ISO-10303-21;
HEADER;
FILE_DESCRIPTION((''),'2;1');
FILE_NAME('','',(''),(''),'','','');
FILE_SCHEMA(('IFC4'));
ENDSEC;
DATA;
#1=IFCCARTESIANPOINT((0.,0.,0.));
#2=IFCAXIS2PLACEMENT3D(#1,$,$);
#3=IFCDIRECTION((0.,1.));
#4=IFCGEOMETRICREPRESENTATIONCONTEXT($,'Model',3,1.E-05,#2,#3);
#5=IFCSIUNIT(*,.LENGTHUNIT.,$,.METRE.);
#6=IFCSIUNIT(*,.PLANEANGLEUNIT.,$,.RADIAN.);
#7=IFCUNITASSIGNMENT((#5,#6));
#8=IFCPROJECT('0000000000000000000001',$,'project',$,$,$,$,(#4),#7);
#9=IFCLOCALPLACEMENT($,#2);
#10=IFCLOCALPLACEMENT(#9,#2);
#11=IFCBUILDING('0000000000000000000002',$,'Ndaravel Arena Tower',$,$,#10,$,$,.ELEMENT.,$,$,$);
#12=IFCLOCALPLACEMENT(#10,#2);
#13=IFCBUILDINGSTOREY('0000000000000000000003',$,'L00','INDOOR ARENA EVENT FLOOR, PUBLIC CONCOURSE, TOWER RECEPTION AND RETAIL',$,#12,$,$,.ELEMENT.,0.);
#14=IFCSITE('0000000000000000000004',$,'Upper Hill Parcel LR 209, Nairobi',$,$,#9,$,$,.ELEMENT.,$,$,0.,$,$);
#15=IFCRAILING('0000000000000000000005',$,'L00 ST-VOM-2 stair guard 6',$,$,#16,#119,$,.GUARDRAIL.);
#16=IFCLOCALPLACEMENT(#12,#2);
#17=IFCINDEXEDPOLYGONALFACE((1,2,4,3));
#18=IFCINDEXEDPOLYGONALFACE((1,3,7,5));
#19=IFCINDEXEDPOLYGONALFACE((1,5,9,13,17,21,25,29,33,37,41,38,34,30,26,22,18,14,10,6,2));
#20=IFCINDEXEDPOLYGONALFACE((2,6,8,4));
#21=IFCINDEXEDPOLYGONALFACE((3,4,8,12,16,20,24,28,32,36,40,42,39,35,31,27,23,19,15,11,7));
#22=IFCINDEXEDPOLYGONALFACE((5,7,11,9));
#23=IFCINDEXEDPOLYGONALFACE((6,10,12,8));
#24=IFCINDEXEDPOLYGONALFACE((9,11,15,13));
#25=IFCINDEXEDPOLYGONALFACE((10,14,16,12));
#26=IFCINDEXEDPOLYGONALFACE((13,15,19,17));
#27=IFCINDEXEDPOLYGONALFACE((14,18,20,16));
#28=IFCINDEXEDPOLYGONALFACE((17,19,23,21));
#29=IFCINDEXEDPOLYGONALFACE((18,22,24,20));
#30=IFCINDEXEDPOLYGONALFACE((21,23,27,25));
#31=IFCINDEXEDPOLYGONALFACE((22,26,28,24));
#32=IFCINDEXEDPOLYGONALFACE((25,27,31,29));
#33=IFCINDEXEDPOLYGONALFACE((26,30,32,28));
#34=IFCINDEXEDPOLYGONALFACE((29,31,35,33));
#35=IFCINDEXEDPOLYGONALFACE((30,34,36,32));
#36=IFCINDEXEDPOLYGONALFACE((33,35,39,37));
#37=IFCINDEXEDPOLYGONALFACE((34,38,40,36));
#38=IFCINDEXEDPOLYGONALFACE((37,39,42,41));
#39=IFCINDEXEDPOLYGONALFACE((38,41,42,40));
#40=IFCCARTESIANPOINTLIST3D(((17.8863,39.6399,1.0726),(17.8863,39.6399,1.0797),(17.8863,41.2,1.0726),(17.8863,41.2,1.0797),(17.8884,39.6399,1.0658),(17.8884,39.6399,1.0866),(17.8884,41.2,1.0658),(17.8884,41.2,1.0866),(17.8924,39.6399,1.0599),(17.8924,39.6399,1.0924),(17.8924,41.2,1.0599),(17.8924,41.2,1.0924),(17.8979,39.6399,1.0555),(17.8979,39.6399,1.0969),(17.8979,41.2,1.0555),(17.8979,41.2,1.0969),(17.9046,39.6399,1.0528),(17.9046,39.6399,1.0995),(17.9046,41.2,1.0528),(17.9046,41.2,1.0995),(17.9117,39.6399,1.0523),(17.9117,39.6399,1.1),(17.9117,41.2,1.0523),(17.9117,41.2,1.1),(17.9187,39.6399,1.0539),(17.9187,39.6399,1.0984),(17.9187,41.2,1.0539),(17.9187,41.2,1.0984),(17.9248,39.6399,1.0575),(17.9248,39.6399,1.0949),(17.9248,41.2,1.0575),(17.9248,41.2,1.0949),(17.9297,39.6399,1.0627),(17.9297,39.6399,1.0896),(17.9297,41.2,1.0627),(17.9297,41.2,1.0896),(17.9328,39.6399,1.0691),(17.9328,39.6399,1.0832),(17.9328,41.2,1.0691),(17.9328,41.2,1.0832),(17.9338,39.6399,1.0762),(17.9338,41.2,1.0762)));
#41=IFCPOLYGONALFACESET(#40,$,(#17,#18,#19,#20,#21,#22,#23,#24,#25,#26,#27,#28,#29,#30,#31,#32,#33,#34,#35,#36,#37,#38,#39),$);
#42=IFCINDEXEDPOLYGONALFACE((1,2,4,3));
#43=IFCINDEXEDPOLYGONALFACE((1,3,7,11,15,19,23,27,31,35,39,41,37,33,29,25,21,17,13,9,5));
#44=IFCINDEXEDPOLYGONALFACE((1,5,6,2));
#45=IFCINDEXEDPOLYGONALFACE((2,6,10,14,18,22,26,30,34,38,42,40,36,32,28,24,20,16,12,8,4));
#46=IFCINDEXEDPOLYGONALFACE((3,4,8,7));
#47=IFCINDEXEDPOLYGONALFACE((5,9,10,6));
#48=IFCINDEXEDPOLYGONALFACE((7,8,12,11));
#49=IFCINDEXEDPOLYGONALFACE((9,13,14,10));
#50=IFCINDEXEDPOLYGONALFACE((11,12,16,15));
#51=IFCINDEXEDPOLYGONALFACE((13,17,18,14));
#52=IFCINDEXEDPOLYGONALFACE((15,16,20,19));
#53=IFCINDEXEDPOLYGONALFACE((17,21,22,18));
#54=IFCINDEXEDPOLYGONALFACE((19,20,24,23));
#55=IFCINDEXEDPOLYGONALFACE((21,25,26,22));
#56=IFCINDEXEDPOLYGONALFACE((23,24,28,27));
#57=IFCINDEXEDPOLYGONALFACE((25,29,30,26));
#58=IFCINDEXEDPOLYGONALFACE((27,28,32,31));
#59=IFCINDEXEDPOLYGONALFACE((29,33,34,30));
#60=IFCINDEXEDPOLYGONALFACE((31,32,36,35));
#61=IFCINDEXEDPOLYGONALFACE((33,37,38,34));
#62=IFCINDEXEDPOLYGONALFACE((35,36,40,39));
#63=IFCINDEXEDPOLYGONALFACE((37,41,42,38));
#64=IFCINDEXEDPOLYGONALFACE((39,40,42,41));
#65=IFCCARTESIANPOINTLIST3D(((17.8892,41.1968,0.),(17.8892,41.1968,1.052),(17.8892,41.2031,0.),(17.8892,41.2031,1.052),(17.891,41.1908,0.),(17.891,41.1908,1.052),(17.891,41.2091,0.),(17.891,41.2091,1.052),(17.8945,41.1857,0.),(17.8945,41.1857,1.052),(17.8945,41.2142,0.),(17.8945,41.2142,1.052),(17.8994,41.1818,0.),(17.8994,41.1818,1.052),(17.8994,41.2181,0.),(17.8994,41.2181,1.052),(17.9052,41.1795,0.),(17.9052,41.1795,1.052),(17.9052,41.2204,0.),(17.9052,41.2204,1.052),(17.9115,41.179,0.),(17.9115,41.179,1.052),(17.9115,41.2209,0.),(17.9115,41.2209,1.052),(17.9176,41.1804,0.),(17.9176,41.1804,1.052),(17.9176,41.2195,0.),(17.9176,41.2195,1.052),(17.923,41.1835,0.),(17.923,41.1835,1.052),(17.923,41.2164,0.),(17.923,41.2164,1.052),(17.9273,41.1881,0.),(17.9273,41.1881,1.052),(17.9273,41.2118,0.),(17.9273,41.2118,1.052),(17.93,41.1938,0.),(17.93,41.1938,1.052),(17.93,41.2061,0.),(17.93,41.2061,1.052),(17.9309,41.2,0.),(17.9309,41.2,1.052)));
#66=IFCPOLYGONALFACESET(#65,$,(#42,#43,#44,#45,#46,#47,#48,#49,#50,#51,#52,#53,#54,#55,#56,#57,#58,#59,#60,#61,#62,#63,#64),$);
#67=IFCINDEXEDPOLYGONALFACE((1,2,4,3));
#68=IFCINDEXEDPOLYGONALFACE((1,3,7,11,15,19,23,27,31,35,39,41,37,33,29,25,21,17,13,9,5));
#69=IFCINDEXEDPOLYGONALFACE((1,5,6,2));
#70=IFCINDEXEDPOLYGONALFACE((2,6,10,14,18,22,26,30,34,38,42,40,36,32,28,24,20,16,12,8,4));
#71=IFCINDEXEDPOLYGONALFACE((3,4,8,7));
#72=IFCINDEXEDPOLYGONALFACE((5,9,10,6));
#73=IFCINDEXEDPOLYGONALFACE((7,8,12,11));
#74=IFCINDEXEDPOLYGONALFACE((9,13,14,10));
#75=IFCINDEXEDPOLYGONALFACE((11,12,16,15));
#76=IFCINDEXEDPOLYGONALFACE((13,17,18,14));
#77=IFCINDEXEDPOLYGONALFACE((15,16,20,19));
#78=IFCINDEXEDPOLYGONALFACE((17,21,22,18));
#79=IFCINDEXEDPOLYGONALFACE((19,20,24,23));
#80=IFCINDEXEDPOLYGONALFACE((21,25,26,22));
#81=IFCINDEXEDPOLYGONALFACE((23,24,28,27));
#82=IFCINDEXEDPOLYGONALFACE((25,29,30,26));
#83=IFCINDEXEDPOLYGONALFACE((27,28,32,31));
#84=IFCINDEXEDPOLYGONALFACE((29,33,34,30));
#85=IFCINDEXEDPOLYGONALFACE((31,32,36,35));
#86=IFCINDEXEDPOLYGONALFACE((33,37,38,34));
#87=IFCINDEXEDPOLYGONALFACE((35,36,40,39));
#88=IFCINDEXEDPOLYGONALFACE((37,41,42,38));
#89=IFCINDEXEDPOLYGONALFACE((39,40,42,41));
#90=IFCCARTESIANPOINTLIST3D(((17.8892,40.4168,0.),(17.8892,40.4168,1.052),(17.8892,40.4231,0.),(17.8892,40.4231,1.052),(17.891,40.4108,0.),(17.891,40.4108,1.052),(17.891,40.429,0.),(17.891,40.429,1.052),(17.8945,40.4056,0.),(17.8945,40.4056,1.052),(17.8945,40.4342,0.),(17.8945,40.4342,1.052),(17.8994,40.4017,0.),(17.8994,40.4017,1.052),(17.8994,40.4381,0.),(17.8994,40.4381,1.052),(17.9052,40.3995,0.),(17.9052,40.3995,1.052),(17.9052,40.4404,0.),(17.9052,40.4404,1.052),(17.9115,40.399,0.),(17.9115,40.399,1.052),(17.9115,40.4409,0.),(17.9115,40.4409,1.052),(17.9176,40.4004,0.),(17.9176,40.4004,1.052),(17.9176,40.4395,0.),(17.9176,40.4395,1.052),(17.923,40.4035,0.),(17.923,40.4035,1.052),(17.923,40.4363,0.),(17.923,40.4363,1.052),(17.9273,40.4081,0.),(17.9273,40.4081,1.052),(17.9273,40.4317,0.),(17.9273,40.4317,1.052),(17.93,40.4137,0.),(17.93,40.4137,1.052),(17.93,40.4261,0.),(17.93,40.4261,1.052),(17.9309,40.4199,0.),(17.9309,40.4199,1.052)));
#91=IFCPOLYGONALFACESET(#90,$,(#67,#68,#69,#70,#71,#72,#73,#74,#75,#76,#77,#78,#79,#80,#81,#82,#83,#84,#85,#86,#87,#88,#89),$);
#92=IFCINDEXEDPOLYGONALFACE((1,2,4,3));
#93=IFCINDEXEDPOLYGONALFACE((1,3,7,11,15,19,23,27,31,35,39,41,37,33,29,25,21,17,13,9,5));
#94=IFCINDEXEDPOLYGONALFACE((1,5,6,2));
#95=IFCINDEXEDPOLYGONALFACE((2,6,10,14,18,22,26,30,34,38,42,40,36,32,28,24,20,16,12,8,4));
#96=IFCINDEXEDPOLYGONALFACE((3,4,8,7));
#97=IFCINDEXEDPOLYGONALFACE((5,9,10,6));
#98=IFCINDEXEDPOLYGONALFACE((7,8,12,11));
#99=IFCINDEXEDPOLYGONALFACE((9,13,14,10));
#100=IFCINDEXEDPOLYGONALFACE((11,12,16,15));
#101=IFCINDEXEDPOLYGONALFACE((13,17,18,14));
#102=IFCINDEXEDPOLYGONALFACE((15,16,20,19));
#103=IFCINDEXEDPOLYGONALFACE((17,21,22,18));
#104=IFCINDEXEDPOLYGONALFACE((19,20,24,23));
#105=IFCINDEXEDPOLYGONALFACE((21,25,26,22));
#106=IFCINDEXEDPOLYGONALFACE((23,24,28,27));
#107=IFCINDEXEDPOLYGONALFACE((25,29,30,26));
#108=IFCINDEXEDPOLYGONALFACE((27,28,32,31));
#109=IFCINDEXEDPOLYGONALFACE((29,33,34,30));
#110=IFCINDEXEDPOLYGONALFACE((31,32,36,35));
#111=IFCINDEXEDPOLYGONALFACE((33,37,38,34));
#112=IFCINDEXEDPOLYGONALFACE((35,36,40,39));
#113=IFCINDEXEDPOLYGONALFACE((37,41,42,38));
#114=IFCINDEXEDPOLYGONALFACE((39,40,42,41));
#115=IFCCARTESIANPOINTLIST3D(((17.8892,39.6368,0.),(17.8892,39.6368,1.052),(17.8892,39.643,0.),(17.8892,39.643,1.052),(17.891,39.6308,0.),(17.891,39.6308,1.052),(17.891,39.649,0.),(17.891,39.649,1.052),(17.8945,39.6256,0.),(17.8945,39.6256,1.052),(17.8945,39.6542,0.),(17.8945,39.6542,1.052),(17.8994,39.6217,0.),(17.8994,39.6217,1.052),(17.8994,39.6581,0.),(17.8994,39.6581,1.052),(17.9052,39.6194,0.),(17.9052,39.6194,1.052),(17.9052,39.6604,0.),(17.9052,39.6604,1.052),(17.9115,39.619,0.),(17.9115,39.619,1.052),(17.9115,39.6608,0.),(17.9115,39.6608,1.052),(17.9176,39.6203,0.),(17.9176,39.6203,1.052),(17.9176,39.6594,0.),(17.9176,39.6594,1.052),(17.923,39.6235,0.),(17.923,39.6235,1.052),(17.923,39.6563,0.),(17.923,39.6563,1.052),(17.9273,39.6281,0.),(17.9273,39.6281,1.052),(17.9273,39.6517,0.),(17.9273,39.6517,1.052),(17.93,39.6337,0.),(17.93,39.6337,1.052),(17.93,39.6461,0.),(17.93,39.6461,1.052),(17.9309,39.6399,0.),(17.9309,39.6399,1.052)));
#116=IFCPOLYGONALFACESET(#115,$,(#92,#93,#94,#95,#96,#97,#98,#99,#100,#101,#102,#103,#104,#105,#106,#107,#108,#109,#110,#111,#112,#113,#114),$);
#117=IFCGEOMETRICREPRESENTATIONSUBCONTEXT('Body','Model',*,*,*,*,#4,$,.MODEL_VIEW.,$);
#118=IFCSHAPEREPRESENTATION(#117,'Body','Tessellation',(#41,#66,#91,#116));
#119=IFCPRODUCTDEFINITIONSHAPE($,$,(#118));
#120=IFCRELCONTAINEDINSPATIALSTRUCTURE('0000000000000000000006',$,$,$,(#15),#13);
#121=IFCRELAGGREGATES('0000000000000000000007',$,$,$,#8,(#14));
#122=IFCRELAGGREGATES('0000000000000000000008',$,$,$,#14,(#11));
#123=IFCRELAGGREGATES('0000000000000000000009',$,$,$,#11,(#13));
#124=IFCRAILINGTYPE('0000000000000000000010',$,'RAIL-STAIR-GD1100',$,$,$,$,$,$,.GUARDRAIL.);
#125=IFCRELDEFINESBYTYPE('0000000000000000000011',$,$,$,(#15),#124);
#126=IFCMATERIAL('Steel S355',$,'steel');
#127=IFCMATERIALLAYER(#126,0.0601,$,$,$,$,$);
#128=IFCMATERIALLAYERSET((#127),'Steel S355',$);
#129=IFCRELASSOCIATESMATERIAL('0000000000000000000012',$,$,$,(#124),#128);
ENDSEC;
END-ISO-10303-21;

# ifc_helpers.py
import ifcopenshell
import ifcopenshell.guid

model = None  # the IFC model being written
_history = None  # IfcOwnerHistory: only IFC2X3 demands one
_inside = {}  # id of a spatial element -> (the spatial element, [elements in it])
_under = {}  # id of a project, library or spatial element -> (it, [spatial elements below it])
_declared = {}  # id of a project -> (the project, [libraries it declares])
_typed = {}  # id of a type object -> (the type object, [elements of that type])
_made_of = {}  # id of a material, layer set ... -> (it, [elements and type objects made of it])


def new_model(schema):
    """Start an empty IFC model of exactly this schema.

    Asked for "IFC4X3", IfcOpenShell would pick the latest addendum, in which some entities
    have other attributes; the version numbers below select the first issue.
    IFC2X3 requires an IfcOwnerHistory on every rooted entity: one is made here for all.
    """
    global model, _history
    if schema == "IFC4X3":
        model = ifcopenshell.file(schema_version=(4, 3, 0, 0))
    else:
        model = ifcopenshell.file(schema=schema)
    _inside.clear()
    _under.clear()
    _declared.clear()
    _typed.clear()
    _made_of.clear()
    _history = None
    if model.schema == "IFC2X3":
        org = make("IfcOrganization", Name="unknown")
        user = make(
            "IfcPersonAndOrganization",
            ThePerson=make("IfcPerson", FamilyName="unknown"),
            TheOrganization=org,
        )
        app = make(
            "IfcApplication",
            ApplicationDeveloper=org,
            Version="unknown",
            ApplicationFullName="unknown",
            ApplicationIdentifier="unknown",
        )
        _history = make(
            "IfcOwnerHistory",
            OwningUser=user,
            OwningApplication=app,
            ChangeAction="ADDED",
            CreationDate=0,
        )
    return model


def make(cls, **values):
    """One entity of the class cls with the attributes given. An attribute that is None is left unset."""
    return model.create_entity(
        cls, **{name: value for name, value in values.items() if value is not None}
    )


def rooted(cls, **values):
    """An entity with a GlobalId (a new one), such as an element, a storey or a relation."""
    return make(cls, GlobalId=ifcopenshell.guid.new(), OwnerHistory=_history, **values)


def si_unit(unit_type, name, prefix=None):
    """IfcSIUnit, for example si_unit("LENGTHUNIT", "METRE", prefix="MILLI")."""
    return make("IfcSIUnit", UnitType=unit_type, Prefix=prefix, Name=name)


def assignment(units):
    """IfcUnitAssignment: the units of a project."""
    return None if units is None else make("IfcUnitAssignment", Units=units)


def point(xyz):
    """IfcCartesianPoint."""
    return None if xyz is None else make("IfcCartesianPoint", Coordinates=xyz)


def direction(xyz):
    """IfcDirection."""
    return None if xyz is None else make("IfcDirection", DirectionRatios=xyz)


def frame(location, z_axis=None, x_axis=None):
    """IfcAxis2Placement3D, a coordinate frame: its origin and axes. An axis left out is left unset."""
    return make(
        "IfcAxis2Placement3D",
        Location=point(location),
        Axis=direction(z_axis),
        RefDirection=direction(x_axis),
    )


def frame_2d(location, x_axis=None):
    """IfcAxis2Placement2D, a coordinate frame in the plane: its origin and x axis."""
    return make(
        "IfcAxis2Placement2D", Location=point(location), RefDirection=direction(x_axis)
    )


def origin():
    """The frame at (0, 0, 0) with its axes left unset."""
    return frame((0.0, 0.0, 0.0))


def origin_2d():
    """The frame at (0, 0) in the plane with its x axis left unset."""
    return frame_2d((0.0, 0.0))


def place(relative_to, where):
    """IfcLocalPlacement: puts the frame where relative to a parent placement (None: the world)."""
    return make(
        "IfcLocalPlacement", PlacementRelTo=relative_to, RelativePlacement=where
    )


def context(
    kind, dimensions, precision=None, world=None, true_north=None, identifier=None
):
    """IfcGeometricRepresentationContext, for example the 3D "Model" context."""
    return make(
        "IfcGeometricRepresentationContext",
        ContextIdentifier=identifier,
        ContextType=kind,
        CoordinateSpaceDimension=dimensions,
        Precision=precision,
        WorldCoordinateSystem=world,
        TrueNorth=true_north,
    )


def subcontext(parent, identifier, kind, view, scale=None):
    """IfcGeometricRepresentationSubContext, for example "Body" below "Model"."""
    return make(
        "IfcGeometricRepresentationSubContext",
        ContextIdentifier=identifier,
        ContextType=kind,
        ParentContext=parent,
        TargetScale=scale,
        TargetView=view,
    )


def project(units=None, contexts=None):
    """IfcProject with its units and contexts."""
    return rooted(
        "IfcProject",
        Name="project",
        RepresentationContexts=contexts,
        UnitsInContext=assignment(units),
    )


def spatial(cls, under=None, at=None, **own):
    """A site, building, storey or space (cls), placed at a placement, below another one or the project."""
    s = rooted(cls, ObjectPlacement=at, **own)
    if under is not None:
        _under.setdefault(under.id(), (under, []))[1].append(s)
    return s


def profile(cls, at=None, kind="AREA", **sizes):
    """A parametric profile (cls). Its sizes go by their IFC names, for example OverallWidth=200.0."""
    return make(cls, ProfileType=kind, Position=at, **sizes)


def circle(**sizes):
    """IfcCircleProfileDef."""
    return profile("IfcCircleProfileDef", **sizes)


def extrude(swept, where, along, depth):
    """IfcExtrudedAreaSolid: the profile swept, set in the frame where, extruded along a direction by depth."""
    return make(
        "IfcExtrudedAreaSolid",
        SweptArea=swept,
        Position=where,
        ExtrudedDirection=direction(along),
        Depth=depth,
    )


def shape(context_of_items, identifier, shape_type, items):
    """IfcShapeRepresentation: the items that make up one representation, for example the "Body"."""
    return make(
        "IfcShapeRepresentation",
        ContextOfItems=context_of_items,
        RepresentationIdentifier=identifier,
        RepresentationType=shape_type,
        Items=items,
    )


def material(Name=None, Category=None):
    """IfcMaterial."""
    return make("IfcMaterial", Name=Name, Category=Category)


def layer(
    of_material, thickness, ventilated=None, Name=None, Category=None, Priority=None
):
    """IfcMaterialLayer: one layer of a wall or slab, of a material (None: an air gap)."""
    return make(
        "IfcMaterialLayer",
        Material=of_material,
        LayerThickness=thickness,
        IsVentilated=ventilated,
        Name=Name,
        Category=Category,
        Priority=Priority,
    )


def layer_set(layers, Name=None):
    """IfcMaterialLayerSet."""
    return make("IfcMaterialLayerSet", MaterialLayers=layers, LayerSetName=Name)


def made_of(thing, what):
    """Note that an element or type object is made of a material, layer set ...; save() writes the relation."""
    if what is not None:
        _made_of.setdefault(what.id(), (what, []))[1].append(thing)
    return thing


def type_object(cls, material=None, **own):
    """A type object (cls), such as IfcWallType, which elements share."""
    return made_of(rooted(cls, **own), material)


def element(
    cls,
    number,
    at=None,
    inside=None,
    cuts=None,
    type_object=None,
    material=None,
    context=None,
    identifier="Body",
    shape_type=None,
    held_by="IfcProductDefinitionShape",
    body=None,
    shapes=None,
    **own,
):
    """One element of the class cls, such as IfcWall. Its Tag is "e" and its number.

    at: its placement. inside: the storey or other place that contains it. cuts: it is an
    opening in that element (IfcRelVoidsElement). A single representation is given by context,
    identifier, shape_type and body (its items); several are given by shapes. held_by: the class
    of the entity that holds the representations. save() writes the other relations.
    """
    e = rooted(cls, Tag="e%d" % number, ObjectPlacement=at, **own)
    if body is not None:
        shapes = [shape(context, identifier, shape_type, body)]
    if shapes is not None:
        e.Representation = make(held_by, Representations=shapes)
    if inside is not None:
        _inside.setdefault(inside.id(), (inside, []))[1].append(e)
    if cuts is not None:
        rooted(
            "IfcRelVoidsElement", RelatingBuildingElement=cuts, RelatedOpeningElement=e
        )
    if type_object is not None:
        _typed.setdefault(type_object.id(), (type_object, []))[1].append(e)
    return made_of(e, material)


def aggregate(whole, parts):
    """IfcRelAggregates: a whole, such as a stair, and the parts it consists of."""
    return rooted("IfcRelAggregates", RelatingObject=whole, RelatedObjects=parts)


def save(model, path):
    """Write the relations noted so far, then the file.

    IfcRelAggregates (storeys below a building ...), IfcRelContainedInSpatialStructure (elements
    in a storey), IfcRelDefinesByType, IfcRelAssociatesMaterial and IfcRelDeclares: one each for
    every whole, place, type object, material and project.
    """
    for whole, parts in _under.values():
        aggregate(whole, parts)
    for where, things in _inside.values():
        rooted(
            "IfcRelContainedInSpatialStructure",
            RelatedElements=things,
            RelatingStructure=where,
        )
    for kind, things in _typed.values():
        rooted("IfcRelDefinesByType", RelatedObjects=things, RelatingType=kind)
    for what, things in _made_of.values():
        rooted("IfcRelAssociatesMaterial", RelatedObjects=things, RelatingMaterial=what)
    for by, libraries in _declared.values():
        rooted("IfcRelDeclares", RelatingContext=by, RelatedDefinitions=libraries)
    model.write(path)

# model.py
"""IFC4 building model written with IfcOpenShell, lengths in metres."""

from ifc_helpers import new_model, si_unit, direction, frame, origin, origin_2d, place, context, subcontext, project, spatial, circle, extrude, material, layer, layer_set, type_object, element, save


model = new_model("IFC4")

# Units and contexts
model_context = context("Model", 3, precision=1e-05, world=origin(), true_north=direction((0.0, 1.0)))
body_context = subcontext(model_context, "Body", "Model", "MODEL_VIEW")
ifc_project = project(units=[si_unit("LENGTHUNIT", "METRE"), si_unit("PLANEANGLEUNIT", "RADIAN")], contexts=[model_context])

# Site, building, storey
site_placement = place(None, origin())
site = spatial("IfcSite", under=ifc_project, at=site_placement, Name="Upper Hill Parcel LR 209, Nairobi", CompositionType="ELEMENT", RefElevation=0.0)
building_placement = place(site_placement, origin())
building = spatial("IfcBuilding", under=site, at=building_placement, Name="Ndaravel Arena Tower", CompositionType="ELEMENT")
storey_placement = place(building_placement, origin())
storey = spatial("IfcBuildingStorey", under=building, at=storey_placement, Name="L00", Description="INDOOR ARENA EVENT FLOOR, PUBLIC CONCOURSE, TOWER RECEPTION AND RETAIL", CompositionType="ELEMENT", Elevation=0.0)

# Railing
ifc_material_1 = material(Name="Steel S355", Category="steel")
ifc_layer_1 = layer(ifc_material_1, 0.0601)
ifc_layer_set_1 = layer_set([ifc_layer_1], Name="Steel S355")
railing_type_1 = type_object("IfcRailingType", Name="RAIL-STAIR-GD1100", PredefinedType="GUARDRAIL", material=ifc_layer_set_1)
railing_1_placement = place(storey_placement, frame((17.9099, 41.2, 0.0)))
element("IfcRailing", 1, at=railing_1_placement, inside=storey, type_object=railing_type_1, Name="L00 ST-VOM-2 stair guard 6", PredefinedType="GUARDRAIL", context=body_context, shape_type="SweptSolid", body=[
    extrude(circle(Radius=0.0239, at=origin_2d()), frame((0.0, 0.0, 1.0762), z_axis=(0.0, -1.0, 0.0), x_axis=(1.0, 0.0, 0.0)), (0.0, 0.0, 1.0), 1.5601),
    extrude(circle(Radius=0.021, at=origin_2d()), origin(), (0.0, 0.0, 1.0), 1.052),
    extrude(circle(Radius=0.021, at=origin_2d()), frame((0.0, -0.78, 0.0)), (0.0, 0.0, 1.0), 1.052),
    extrude(circle(Radius=0.021, at=origin_2d()), frame((0.0, -1.5601, 0.0)), (0.0, 0.0, 1.0), 1.052),
])

save(model, "model.ifc")
